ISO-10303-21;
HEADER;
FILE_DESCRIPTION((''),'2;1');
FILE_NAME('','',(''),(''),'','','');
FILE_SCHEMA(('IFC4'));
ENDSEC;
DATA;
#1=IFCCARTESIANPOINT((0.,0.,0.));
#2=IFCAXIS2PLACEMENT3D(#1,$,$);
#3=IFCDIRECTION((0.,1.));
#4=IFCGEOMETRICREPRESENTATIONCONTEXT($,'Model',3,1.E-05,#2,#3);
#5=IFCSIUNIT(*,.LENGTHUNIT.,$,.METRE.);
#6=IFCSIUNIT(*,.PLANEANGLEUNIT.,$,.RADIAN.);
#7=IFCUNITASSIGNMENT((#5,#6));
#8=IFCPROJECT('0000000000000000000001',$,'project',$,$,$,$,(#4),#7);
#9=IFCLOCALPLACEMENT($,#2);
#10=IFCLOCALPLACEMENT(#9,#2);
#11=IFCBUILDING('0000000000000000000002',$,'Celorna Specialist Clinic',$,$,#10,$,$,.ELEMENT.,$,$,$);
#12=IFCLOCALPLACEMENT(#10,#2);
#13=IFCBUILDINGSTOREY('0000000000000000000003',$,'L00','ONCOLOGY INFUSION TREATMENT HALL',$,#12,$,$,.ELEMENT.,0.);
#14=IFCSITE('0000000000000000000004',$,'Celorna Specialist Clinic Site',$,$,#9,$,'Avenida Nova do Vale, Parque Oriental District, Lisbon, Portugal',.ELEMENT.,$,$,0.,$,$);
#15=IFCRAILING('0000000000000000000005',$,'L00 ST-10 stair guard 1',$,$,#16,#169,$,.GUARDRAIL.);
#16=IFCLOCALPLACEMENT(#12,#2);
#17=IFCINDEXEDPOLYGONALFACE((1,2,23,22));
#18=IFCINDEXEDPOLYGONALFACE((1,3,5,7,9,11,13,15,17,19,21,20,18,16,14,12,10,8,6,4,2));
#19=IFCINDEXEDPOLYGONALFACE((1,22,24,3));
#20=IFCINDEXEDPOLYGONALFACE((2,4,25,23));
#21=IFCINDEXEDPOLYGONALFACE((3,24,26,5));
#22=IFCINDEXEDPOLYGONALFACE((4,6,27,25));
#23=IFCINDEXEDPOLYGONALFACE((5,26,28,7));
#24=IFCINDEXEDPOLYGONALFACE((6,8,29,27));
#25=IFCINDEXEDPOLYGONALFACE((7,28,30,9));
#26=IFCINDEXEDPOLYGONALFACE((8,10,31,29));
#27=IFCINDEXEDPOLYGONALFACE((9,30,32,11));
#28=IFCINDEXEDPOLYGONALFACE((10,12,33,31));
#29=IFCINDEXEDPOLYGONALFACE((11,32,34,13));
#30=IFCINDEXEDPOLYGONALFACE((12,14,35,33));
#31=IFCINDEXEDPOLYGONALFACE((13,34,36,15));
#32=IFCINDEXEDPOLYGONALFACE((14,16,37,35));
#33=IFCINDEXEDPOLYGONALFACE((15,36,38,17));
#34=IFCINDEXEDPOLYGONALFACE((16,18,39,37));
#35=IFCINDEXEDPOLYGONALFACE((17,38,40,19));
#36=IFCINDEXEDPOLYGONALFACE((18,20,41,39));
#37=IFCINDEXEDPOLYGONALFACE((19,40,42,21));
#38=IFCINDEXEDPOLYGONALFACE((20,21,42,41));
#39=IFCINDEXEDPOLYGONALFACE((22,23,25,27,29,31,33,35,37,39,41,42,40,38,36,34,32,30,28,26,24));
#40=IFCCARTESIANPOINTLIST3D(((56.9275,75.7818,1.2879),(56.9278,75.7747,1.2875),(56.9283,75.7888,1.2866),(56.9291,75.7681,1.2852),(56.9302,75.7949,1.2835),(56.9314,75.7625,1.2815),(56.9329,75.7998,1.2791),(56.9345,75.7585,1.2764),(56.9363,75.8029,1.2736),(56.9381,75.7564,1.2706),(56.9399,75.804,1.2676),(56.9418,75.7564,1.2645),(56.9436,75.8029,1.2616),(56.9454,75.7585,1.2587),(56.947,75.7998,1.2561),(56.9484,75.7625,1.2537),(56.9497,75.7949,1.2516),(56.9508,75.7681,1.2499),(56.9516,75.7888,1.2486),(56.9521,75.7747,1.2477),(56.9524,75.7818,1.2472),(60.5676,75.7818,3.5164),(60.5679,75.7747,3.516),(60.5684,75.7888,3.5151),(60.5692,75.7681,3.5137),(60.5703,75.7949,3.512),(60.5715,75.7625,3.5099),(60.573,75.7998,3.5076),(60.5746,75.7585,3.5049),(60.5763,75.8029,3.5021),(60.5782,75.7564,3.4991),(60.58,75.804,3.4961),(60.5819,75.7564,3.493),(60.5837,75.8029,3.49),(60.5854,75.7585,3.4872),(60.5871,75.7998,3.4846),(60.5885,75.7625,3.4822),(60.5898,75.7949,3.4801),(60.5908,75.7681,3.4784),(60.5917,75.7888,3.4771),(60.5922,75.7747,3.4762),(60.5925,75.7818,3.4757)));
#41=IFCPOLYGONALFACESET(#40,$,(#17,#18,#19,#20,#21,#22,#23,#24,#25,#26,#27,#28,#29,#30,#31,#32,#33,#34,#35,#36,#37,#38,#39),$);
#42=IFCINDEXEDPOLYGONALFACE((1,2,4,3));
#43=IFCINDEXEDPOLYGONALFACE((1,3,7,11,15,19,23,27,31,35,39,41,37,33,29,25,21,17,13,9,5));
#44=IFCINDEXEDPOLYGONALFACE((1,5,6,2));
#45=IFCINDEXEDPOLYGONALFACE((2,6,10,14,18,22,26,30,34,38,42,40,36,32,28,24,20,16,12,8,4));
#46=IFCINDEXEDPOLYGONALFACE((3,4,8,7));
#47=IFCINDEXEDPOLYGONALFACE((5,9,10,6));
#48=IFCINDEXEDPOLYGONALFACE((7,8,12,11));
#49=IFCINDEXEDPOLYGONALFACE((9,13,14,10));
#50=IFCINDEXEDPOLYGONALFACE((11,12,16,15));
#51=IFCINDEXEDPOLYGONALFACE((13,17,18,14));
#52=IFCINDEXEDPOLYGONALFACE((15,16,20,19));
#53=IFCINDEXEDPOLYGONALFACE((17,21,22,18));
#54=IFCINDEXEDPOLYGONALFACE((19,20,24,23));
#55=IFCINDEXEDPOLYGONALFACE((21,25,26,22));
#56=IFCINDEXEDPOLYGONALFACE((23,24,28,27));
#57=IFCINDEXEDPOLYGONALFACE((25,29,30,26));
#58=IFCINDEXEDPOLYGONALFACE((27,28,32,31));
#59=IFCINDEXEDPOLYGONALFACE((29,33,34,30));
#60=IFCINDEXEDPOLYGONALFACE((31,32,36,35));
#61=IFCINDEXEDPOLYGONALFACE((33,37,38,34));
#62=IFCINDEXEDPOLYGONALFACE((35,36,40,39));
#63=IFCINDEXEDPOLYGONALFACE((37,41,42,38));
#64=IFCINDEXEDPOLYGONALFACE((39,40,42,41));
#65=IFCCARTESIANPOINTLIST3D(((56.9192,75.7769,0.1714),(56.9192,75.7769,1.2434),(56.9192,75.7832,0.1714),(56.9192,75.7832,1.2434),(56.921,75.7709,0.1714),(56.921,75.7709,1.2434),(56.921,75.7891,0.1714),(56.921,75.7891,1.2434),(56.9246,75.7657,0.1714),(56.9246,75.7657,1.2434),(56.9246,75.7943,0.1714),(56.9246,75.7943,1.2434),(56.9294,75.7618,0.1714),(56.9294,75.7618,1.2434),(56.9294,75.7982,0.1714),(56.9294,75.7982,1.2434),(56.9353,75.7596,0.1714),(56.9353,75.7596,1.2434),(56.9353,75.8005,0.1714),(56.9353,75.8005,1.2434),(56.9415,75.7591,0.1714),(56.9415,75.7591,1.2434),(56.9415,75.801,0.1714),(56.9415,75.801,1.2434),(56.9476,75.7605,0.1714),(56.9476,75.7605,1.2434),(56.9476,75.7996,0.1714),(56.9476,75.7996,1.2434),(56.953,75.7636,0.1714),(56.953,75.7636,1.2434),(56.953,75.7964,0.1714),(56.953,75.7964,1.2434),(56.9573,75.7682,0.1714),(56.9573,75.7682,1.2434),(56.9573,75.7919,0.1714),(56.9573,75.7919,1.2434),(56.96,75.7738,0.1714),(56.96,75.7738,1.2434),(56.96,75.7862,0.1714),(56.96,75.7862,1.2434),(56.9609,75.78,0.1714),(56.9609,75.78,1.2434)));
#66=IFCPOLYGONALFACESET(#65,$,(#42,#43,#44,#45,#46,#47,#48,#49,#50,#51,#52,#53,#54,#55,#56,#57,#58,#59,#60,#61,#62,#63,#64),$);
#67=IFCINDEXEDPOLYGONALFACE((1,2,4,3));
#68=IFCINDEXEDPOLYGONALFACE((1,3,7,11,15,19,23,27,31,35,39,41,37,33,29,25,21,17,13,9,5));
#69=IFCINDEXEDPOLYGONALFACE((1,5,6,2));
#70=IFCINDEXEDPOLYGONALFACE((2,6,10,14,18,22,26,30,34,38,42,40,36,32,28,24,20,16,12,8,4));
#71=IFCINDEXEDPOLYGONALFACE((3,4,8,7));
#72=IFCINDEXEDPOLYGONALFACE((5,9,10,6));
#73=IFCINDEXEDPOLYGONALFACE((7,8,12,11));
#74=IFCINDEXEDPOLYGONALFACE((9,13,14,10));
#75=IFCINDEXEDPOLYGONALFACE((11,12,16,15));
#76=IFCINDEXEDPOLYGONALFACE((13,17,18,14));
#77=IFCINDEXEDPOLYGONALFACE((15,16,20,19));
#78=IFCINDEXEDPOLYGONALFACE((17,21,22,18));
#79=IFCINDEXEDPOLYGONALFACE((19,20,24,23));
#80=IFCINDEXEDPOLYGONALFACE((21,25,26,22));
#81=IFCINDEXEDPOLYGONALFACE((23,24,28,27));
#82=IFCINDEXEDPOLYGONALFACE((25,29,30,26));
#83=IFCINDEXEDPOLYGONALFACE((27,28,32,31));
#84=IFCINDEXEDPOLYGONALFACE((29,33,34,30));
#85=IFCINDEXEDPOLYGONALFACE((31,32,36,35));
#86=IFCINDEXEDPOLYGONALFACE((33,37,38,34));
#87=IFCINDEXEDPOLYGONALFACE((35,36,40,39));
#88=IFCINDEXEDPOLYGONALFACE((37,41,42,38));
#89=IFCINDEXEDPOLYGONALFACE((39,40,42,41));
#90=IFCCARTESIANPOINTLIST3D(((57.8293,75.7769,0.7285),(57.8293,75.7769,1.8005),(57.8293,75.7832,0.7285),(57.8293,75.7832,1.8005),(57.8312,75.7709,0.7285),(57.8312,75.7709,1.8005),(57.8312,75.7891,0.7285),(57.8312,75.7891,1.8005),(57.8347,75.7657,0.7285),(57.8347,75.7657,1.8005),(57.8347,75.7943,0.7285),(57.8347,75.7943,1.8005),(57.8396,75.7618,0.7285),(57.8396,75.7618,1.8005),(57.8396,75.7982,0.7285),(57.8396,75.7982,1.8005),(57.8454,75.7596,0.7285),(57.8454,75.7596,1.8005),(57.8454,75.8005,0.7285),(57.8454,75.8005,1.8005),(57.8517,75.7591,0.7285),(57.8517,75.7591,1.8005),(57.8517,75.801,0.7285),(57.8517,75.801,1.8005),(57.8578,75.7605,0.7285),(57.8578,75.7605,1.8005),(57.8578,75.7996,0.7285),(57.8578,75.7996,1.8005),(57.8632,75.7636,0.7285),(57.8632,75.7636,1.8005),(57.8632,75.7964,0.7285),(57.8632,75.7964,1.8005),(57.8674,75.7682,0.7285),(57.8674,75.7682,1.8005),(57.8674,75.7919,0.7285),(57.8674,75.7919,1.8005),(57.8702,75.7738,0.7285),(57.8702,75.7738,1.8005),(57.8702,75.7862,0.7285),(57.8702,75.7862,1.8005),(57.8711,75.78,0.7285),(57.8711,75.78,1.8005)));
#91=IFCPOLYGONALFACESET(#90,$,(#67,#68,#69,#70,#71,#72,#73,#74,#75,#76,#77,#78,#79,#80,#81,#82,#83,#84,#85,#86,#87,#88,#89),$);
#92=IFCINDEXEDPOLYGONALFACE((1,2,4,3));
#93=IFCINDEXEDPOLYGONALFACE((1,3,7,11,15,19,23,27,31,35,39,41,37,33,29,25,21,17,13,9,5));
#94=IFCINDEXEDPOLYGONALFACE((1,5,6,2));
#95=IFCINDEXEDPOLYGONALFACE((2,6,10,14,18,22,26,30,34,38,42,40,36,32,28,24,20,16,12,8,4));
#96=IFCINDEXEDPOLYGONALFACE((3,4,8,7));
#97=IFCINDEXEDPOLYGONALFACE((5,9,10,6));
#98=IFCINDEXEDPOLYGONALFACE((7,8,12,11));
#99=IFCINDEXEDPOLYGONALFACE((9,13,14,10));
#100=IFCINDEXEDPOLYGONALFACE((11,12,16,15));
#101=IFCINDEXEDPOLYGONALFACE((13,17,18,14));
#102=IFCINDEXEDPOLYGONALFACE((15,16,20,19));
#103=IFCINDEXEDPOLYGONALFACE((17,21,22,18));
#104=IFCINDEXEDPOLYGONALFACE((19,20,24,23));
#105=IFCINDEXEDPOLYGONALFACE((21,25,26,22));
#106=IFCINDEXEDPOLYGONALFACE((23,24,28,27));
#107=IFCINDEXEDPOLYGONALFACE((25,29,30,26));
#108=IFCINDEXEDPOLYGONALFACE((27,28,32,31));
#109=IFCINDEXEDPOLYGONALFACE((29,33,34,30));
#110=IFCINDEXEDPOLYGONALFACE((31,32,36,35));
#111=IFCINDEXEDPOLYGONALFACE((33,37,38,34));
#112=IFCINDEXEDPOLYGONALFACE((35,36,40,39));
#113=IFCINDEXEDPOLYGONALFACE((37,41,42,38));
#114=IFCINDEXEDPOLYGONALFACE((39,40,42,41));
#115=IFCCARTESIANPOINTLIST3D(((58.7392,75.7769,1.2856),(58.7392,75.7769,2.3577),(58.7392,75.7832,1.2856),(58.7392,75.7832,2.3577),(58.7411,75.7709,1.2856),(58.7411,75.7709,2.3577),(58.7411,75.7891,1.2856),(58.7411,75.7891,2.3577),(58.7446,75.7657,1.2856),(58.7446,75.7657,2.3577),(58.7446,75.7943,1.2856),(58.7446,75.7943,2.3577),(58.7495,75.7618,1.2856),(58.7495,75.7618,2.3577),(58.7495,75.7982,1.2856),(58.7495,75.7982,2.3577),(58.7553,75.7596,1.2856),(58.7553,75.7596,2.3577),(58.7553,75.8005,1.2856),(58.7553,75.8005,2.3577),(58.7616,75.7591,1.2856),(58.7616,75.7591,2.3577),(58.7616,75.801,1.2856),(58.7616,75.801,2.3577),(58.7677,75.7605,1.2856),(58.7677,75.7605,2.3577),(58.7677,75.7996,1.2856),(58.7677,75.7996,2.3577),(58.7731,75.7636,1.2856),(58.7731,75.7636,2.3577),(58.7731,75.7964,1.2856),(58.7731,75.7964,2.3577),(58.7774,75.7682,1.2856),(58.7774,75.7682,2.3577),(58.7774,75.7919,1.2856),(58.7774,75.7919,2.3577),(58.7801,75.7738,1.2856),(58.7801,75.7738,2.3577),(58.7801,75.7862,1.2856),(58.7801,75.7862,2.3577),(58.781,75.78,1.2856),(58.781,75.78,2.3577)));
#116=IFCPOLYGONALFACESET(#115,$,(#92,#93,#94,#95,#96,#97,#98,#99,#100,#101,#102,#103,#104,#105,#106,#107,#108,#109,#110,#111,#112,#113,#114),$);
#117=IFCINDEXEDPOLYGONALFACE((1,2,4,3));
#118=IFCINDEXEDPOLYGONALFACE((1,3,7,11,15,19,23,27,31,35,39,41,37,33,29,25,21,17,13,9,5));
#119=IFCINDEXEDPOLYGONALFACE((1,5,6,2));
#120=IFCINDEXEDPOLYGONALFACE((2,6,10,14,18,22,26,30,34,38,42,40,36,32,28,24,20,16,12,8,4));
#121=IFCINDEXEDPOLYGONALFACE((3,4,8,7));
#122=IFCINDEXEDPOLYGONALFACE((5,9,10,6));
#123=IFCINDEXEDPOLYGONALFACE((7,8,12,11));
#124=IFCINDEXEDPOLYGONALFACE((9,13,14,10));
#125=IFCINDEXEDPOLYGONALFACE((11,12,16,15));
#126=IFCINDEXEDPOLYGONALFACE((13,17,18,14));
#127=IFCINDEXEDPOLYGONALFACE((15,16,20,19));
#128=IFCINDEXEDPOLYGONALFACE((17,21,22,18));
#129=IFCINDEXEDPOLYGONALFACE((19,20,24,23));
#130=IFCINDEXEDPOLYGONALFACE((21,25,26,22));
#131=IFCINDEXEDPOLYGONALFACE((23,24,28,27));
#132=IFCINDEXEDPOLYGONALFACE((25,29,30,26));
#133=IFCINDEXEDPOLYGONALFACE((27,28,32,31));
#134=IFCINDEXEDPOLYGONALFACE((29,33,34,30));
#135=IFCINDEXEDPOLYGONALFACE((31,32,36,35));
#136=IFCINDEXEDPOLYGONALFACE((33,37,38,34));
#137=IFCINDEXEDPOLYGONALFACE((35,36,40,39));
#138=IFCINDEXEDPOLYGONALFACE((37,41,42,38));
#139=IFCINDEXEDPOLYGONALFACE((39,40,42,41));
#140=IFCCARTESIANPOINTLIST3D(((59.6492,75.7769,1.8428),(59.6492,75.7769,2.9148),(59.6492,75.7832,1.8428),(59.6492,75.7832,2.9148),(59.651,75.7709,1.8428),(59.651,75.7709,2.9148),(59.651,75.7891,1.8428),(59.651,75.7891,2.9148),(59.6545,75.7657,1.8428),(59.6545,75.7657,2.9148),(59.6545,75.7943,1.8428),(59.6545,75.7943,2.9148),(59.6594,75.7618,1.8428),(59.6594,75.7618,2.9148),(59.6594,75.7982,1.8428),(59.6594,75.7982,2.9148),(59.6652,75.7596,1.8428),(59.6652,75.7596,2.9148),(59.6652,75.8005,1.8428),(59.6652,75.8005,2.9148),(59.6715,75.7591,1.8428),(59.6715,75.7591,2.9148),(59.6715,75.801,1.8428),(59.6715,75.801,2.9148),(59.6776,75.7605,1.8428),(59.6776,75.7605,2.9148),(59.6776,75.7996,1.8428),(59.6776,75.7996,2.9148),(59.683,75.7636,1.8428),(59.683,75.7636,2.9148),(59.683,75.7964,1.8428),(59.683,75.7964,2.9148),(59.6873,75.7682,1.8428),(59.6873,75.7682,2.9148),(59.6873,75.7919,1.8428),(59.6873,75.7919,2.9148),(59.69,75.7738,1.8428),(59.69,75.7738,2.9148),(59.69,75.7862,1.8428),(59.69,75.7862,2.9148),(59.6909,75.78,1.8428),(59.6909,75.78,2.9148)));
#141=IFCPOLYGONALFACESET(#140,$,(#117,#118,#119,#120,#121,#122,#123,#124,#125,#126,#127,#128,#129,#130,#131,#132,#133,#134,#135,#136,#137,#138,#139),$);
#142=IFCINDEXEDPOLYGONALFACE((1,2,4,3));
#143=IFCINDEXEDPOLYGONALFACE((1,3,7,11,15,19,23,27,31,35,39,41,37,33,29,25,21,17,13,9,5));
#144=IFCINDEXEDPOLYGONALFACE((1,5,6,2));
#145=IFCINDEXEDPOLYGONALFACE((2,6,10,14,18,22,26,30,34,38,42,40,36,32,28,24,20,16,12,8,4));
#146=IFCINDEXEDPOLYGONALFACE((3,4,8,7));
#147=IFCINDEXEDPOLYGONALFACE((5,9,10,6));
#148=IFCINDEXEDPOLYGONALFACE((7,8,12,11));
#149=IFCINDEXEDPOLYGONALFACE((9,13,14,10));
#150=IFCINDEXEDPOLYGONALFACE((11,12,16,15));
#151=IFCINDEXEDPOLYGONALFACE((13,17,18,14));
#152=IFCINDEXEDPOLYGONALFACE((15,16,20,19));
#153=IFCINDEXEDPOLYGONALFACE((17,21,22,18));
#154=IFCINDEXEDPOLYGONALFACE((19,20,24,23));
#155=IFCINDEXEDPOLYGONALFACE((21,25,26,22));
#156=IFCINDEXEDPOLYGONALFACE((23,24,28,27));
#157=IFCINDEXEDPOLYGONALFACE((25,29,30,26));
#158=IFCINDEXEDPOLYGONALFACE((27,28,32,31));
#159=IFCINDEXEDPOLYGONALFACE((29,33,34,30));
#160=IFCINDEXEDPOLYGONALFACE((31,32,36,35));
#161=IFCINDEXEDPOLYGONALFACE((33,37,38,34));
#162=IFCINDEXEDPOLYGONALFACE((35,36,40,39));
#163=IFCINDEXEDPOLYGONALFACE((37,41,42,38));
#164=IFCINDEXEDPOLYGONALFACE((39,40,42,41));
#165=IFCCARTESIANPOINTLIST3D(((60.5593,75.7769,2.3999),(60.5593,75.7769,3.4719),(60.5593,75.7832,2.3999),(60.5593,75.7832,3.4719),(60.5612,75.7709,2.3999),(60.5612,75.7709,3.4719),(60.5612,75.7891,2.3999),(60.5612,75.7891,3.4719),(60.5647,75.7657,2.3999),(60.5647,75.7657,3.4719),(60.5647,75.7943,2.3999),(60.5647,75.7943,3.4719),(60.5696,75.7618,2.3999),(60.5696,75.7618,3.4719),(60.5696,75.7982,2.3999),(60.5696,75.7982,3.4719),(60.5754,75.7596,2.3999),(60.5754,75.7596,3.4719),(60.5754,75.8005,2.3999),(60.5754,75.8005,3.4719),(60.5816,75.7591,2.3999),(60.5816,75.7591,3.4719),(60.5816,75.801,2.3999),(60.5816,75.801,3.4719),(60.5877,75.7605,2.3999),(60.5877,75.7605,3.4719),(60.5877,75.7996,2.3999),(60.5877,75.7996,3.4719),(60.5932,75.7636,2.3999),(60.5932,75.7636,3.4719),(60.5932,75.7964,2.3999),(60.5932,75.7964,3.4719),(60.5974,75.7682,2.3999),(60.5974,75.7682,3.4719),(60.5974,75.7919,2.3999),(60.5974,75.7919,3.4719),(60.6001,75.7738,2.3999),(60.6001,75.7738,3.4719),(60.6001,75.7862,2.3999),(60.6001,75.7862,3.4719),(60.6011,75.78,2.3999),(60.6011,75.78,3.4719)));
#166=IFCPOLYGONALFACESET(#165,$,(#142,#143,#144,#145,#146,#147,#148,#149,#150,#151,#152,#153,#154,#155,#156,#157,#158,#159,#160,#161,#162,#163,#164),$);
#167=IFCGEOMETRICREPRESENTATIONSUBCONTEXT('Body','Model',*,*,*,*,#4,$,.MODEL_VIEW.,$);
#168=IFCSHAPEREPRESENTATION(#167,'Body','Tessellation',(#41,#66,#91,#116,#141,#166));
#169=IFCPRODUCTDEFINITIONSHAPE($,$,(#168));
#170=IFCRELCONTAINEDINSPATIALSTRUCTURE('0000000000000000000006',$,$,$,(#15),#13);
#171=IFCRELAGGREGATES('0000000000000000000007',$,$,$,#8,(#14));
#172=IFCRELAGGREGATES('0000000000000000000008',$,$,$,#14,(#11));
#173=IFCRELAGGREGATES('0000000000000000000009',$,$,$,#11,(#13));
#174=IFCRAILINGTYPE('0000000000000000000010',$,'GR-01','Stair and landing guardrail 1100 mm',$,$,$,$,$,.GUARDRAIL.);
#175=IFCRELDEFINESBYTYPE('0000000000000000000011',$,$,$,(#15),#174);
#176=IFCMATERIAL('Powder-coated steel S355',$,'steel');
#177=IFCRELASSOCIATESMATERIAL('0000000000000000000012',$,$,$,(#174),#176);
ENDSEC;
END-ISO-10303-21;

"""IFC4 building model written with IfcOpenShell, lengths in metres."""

from ifc_helpers import new_model, si_unit, direction, frame, origin, origin_2d, place, context, subcontext, project, spatial, circle, extrude, material, type_object, element, save


model = new_model("IFC4")

# Units and contexts
model_context = context("Model", 3, precision=1e-05, world=origin(), true_north=direction((0.0, 1.0)))
body_context = subcontext(model_context, "Body", "Model", "MODEL_VIEW")
ifc_project = project(units=[si_unit("LENGTHUNIT", "METRE"), si_unit("PLANEANGLEUNIT", "RADIAN")], contexts=[model_context])

# Site, building, storey
site_placement = place(None, origin())
site = spatial("IfcSite", under=ifc_project, at=site_placement, Name="Celorna Specialist Clinic Site", LongName="Avenida Nova do Vale, Parque Oriental District, Lisbon, Portugal", CompositionType="ELEMENT", RefElevation=0.0)
building_placement = place(site_placement, origin())
building = spatial("IfcBuilding", under=site, at=building_placement, Name="Celorna Specialist Clinic", CompositionType="ELEMENT")
storey_placement = place(building_placement, origin())
storey = spatial("IfcBuildingStorey", under=building, at=storey_placement, Name="L00", Description="ONCOLOGY INFUSION TREATMENT HALL", CompositionType="ELEMENT", Elevation=0.0)

# Railing
ifc_material_1 = material(Name="Powder-coated steel S355", Category="steel")
railing_type_1 = type_object("IfcRailingType", Name="GR-01", Description="Stair and landing guardrail 1100 mm", PredefinedType="GUARDRAIL", material=ifc_material_1)
railing_1_placement = place(storey_placement, frame((56.9399, 75.78, 0.1714)))
element("IfcRailing", 1, at=railing_1_placement, inside=storey, type_object=railing_type_1, Name="L00 ST-10 stair guard 1", PredefinedType="GUARDRAIL", context=body_context, shape_type="SweptSolid", body=[
    extrude(circle(Radius=0.0239, at=origin_2d()), frame((0.0, 0.0, 1.0962), z_axis=(0.852866, 0.0, 0.52213), x_axis=(0.0, 1.0, 0.0)), (0.0, 0.0, 1.0), 4.2681),
    extrude(circle(Radius=0.021, at=origin_2d()), origin(), (0.0, 0.0, 1.0), 1.072),
    extrude(circle(Radius=0.021, at=origin_2d()), frame((0.9102, 0.0, 0.5571)), (0.0, 0.0, 1.0), 1.072),
    extrude(circle(Radius=0.021, at=origin_2d()), frame((1.8201, 0.0, 1.1143)), (0.0, 0.0, 1.0), 1.072),
    extrude(circle(Radius=0.021, at=origin_2d()), frame((2.73, 0.0, 1.6714)), (0.0, 0.0, 1.0), 1.072),
    extrude(circle(Radius=0.021, at=origin_2d()), frame((3.6401, 0.0, 2.2285)), (0.0, 0.0, 1.0), 1.072),
])

save(model, "model.ifc")
